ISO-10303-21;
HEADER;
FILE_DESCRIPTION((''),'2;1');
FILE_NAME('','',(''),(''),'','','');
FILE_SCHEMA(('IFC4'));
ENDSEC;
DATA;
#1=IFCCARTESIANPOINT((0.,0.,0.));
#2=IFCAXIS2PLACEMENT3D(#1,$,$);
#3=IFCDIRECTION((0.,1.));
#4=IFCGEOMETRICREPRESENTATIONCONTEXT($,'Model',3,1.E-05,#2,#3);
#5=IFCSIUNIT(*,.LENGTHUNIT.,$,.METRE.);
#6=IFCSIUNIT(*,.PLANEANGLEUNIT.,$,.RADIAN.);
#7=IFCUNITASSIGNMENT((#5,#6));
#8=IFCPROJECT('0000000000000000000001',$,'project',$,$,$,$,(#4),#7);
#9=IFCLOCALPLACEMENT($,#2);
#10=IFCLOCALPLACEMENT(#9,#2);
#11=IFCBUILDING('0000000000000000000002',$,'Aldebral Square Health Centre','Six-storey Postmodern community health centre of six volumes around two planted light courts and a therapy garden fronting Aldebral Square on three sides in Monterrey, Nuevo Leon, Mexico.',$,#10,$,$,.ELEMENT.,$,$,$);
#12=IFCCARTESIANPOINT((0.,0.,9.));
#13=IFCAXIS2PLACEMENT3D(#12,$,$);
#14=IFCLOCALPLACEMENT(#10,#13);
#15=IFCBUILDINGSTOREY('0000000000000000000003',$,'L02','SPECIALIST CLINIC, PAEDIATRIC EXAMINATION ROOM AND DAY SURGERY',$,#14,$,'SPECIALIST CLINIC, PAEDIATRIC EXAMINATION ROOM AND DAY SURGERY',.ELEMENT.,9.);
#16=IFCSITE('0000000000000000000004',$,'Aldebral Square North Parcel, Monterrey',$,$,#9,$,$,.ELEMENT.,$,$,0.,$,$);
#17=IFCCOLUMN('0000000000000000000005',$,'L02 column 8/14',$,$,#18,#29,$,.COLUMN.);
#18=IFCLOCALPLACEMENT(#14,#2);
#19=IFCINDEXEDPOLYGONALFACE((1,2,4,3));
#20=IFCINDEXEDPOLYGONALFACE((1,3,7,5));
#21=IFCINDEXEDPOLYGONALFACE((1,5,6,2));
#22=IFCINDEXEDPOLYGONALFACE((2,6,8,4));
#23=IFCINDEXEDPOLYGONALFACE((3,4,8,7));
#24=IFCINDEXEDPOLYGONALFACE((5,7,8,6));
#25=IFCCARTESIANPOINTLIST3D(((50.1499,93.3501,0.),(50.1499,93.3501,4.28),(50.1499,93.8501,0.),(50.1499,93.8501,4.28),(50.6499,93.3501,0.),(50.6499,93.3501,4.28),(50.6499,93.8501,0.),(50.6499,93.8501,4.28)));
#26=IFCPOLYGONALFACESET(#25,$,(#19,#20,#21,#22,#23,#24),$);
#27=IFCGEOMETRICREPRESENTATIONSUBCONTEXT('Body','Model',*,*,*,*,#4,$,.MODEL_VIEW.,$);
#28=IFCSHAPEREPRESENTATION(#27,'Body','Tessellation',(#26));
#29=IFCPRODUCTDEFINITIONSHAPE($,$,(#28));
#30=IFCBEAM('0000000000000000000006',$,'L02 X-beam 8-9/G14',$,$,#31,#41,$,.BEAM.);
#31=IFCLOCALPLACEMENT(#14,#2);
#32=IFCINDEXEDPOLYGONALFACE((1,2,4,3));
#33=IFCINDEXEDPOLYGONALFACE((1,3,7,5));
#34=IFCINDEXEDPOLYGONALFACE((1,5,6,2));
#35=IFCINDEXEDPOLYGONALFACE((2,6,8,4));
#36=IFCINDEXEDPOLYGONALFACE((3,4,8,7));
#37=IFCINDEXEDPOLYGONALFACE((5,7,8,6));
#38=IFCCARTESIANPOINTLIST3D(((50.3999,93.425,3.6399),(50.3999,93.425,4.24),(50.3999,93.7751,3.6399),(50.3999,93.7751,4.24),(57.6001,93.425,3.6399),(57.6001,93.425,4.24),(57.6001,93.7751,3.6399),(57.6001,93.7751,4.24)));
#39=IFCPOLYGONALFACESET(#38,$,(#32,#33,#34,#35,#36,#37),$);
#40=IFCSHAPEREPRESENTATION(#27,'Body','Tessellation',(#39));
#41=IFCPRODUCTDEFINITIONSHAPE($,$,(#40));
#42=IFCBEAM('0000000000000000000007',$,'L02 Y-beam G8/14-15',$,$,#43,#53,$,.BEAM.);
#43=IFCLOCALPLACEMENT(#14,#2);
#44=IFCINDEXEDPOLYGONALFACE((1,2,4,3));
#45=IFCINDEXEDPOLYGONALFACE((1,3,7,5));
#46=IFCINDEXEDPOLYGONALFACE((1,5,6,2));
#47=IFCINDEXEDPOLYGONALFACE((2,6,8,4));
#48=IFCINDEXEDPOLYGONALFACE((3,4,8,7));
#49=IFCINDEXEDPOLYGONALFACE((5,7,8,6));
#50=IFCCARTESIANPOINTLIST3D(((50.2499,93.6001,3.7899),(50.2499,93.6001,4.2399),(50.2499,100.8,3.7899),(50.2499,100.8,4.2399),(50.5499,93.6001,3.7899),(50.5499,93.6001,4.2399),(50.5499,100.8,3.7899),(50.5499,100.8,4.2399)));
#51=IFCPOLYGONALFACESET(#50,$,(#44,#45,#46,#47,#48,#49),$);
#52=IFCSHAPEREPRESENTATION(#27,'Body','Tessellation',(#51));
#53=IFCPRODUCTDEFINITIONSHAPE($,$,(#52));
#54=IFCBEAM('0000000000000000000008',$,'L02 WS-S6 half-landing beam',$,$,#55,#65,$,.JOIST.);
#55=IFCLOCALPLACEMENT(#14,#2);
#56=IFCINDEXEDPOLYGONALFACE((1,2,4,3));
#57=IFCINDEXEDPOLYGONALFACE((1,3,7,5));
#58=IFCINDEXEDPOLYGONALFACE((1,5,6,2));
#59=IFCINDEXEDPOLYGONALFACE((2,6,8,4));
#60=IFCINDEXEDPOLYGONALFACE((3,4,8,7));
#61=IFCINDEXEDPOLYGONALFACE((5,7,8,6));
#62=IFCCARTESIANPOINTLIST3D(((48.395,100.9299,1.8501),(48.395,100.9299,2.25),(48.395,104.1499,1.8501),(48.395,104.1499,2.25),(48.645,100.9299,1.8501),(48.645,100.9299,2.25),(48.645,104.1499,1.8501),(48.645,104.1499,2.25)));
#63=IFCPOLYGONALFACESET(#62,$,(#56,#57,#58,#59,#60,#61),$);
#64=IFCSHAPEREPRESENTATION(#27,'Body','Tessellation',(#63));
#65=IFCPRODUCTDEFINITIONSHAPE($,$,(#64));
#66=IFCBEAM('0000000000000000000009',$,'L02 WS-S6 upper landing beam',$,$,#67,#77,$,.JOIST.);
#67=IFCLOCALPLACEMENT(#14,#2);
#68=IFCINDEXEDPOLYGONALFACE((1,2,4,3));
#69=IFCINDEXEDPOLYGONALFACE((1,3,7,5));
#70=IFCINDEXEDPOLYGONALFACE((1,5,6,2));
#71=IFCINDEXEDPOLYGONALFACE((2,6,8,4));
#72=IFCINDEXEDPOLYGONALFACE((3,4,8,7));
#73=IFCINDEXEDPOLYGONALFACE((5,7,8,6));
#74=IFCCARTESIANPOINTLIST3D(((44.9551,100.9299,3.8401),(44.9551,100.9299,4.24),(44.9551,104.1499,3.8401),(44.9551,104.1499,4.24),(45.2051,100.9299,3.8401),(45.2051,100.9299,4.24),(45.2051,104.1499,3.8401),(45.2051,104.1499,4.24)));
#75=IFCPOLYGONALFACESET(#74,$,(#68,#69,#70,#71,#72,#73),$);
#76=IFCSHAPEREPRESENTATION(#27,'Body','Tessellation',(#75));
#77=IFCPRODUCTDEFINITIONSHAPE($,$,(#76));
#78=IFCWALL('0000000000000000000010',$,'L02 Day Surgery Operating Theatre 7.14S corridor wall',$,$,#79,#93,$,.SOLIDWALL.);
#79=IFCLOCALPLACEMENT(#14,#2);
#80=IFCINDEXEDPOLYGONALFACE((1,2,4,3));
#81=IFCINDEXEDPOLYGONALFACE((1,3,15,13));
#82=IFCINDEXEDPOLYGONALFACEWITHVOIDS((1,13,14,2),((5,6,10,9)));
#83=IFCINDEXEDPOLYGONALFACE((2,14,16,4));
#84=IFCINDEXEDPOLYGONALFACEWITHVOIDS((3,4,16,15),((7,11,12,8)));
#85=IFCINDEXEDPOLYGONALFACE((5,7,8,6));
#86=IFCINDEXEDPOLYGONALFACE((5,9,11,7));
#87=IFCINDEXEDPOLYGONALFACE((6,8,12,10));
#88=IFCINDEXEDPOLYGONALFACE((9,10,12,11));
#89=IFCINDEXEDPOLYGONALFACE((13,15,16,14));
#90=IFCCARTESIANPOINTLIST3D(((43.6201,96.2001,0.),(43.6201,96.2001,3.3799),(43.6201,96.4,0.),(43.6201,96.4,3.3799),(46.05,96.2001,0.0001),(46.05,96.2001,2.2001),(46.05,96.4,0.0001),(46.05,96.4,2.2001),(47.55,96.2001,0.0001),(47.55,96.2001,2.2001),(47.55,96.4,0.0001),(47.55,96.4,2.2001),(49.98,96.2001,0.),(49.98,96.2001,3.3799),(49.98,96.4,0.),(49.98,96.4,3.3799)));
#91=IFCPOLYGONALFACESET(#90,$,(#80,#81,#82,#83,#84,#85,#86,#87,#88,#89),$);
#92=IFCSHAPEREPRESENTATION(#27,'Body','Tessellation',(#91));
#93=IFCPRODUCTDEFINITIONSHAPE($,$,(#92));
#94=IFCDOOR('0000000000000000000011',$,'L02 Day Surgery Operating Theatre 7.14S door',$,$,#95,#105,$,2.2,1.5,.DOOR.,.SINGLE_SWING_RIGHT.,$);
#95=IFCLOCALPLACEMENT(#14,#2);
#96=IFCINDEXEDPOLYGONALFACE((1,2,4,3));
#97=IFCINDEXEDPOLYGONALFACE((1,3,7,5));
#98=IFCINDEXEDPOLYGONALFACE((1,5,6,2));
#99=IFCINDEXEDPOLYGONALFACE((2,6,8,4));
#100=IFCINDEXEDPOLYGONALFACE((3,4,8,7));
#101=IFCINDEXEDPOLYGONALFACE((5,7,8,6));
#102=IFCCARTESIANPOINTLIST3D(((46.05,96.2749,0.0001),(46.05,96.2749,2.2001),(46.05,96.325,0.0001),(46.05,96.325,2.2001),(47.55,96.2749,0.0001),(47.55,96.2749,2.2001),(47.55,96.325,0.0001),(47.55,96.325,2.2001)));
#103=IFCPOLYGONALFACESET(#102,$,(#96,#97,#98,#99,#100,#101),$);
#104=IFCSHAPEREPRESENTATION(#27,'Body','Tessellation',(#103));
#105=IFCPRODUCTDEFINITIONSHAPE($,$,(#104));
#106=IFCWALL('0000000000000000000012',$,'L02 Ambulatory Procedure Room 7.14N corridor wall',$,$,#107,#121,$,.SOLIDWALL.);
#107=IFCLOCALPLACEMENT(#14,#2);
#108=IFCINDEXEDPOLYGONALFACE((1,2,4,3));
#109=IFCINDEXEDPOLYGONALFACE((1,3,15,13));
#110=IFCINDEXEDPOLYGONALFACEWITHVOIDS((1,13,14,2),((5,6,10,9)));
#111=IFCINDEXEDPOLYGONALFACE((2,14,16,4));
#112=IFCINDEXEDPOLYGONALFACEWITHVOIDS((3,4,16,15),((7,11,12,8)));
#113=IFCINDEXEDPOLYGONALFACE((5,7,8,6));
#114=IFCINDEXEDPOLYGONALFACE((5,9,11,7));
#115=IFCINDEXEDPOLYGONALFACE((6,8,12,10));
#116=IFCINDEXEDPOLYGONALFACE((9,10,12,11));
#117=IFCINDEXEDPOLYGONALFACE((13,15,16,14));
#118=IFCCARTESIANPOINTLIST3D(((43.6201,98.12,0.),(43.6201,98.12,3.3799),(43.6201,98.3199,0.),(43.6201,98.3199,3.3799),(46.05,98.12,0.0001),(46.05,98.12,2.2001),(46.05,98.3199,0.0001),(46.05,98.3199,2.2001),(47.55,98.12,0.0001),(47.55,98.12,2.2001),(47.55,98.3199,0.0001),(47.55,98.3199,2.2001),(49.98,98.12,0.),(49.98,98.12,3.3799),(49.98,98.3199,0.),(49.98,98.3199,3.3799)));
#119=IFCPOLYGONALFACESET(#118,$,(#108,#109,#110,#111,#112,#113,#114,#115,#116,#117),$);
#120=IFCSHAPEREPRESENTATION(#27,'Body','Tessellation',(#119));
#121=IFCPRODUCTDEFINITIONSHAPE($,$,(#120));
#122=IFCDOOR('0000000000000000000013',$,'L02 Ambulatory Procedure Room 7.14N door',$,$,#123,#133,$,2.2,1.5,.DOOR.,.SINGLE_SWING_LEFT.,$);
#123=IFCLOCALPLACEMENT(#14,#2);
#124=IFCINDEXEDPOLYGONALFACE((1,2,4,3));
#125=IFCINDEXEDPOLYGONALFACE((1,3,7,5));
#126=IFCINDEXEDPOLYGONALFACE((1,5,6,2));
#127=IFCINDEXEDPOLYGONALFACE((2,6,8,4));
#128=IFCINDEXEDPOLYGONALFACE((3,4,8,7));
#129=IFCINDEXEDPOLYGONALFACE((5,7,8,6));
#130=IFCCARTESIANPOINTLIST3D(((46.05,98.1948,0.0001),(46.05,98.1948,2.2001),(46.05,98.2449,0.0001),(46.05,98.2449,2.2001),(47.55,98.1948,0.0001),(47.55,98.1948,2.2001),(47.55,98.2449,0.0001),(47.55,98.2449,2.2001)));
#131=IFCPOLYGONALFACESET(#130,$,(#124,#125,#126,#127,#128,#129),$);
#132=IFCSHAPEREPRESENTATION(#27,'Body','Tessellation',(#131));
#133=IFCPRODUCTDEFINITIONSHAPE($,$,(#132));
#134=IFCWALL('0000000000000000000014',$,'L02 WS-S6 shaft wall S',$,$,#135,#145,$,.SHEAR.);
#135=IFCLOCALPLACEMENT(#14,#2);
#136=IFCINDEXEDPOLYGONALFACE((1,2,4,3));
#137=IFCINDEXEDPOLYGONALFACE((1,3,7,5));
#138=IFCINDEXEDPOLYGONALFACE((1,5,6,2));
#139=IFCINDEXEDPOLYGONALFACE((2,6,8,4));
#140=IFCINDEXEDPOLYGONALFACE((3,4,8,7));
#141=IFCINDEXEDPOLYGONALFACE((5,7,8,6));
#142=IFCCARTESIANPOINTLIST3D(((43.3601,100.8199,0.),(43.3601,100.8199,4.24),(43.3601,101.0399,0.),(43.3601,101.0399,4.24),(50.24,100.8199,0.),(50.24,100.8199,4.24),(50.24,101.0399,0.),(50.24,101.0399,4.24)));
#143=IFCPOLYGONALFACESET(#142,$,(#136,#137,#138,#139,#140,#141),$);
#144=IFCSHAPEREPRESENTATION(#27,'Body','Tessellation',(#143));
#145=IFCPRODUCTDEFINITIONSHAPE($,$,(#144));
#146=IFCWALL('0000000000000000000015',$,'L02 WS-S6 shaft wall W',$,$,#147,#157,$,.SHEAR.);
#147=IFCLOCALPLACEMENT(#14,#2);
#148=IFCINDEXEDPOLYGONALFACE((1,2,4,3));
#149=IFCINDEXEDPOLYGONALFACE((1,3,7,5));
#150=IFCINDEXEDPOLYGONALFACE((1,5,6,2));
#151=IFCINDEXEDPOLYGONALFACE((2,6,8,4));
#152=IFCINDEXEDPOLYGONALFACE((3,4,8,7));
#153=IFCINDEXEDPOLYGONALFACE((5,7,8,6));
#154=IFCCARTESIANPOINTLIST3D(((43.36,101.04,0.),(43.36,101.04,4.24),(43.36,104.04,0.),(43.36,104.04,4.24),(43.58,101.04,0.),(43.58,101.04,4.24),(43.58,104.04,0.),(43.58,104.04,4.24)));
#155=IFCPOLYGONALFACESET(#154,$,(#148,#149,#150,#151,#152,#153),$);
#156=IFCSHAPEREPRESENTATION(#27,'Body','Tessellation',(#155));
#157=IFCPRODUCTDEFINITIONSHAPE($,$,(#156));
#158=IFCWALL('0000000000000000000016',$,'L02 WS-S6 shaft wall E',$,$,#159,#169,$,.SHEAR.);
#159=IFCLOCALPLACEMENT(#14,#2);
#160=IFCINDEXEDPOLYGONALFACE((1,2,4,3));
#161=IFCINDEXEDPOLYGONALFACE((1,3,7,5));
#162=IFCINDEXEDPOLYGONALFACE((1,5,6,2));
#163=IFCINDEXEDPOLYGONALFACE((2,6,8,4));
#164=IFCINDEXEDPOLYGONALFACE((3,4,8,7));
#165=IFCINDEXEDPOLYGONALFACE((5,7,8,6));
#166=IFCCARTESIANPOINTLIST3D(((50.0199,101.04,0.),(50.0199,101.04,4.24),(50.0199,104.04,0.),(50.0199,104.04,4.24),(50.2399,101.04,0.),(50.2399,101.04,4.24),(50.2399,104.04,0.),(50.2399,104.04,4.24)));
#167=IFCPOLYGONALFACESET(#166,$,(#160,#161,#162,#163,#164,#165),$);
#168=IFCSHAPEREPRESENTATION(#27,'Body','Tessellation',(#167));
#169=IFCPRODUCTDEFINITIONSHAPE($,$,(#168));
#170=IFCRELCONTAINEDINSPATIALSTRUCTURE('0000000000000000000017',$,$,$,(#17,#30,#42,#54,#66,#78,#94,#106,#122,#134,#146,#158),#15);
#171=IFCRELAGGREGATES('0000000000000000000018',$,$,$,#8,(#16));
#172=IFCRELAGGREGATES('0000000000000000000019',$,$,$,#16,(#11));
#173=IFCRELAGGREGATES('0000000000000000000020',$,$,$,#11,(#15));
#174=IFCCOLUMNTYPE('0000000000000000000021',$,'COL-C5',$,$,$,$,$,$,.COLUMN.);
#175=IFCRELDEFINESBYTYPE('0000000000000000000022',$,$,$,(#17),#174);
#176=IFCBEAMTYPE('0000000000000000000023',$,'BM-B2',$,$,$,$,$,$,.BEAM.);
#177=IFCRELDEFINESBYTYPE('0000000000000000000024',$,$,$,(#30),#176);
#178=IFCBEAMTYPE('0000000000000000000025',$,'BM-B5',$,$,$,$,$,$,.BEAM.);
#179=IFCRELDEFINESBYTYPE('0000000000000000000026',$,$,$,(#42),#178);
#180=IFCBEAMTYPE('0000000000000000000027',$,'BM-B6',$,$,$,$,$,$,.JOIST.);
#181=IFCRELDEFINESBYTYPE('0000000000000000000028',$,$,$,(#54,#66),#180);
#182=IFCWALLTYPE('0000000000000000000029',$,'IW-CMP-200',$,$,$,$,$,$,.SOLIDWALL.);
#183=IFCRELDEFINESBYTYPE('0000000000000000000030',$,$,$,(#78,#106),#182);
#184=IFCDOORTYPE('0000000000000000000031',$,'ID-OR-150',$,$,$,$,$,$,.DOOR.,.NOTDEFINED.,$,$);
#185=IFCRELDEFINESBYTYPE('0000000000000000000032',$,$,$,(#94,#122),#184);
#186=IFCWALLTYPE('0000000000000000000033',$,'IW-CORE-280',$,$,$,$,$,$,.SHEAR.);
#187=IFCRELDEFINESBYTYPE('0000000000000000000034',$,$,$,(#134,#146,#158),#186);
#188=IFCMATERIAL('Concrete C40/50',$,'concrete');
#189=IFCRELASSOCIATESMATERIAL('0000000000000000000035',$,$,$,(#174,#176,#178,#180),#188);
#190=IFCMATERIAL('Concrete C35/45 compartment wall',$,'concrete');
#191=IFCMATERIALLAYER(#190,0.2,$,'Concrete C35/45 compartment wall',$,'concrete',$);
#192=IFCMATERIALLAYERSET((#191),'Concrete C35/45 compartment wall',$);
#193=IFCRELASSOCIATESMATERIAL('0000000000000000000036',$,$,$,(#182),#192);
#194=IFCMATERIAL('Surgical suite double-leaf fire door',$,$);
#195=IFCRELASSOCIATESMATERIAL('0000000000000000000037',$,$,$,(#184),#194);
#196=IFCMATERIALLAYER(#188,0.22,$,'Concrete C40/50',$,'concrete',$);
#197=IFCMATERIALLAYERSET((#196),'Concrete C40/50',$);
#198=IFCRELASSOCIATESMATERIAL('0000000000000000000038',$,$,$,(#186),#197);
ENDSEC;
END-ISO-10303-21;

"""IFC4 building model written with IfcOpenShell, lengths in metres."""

from ifc_helpers import new_model, si_unit, direction, frame, frame_2d, origin, origin_2d, place, context, subcontext, project, spatial, rectangle, extrude, material, layer, layer_set, material_profile, profile_set, type_object, element, fill, save


model = new_model("IFC4")

# Units and contexts
model_context = context("Model", 3, precision=1e-05, world=origin(), true_north=direction((0.0, 1.0)))
body_context = subcontext(model_context, "Body", "Model", "MODEL_VIEW")
ifc_project = project(units=[si_unit("LENGTHUNIT", "METRE"), si_unit("PLANEANGLEUNIT", "RADIAN")], contexts=[model_context])

# Site, building, storey
site_placement = place(None, origin())
site = spatial("IfcSite", under=ifc_project, at=site_placement, Name="Aldebral Square North Parcel, Monterrey", CompositionType="ELEMENT", RefElevation=0.0)
building_placement = place(site_placement, origin())
building = spatial("IfcBuilding", under=site, at=building_placement, Name="Aldebral Square Health Centre", Description="Six-storey Postmodern community health centre of six volumes around two planted light courts and a therapy garden fronting Aldebral Square on three sides in Monterrey, Nuevo Leon, Mexico.", CompositionType="ELEMENT")
storey_placement = place(building_placement, frame((0.0, 0.0, 9.0)))
storey = spatial("IfcBuildingStorey", under=building, at=storey_placement, Name="L02", Description="SPECIALIST CLINIC, PAEDIATRIC EXAMINATION ROOM AND DAY SURGERY", LongName="SPECIALIST CLINIC, PAEDIATRIC EXAMINATION ROOM AND DAY SURGERY", CompositionType="ELEMENT", Elevation=9.0)

# Column
ifc_material_1 = material(Name="Concrete C40/50", Category="concrete")
ifc_material_profile_1 = material_profile(ifc_material_1, rectangle(XDim=0.5, YDim=0.5, at=origin_2d()), Name="RC 500x500")
ifc_profile_set_1 = profile_set([ifc_material_profile_1], Name="Concrete C40/50")
column_type = type_object("IfcColumnType", Name="COL-C5", PredefinedType="COLUMN", material=ifc_profile_set_1)
column_placement = place(storey_placement, frame((50.3999, 93.6001, 0.0), z_axis=(0.0, 0.0, 1.0), x_axis=(1.0, 0.0, 0.0)))
element("IfcColumn", 1, at=column_placement, inside=storey, type_object=column_type, Name="L02 column 8/14", PredefinedType="COLUMN", context=body_context, shape_type="SweptSolid", body=[
    extrude(rectangle(XDim=0.5, YDim=0.5, at=origin_2d()), origin(), (0.0, 0.0, 1.0), 4.28),
])

# Beams
ifc_material_profile_2 = material_profile(ifc_material_1, rectangle(XDim=0.3501, YDim=0.6001, at=origin_2d()), Name="RC 350x600")
ifc_profile_set_2 = profile_set([ifc_material_profile_2], Name="Concrete C40/50")
beam_type_1 = type_object("IfcBeamType", Name="BM-B2", PredefinedType="BEAM", material=ifc_profile_set_2)
beam_1_placement = place(storey_placement, frame((50.3999, 93.6001, 3.9399), z_axis=(1.0, 0.0, 0.0), x_axis=(0.0, 1.0, 0.0)))
element("IfcBeam", 2, at=beam_1_placement, inside=storey, type_object=beam_type_1, Name="L02 X-beam 8-9/G14", PredefinedType="BEAM", context=body_context, shape_type="SweptSolid", body=[
    extrude(rectangle(XDim=0.3501, YDim=0.6001, at=origin_2d()), origin(), (0.0, 0.0, 1.0), 7.2002),
])
ifc_material_profile_3 = material_profile(ifc_material_1, rectangle(XDim=0.3, YDim=0.45, at=origin_2d()), Name="RC 300x450")
ifc_profile_set_3 = profile_set([ifc_material_profile_3], Name="Concrete C40/50")
beam_type_2 = type_object("IfcBeamType", Name="BM-B5", PredefinedType="BEAM", material=ifc_profile_set_3)
beam_2_placement = place(storey_placement, frame((50.3999, 93.6001, 4.0149), z_axis=(0.0, 1.0, 0.0), x_axis=(-1.0, 0.0, 0.0)))
element("IfcBeam", 3, at=beam_2_placement, inside=storey, type_object=beam_type_2, Name="L02 Y-beam G8/14-15", PredefinedType="BEAM", context=body_context, shape_type="SweptSolid", body=[
    extrude(rectangle(XDim=0.3, YDim=0.45, at=origin_2d()), origin(), (0.0, 0.0, 1.0), 7.2),
])
ifc_material_profile_4 = material_profile(ifc_material_1, rectangle(XDim=0.25, YDim=0.3999, at=origin_2d()), Name="RC 250x400")
ifc_profile_set_4 = profile_set([ifc_material_profile_4], Name="Concrete C40/50")
beam_type_3 = type_object("IfcBeamType", Name="BM-B6", PredefinedType="JOIST", material=ifc_profile_set_4)
for number, where, z_axis, x_axis, name in (
    (4, (48.52, 100.9299, 2.05), (0.0, 1.0, 0.0), (-1.0, 0.0, 0.0), "L02 WS-S6 half-landing beam"),
    (5, (45.0801, 100.9299, 4.04), (0.0, 1.0, 0.0), (-1.0, 0.0, 0.0), "L02 WS-S6 upper landing beam"),
):
    element("IfcBeam", number, at=place(storey_placement, frame(where, z_axis=z_axis, x_axis=x_axis)), inside=storey, type_object=beam_type_3, Name=name, PredefinedType="JOIST", context=body_context, shape_type="SweptSolid", body=[
        extrude(rectangle(XDim=0.25, YDim=0.3999, at=origin_2d()), origin(), (0.0, 0.0, 1.0), 3.22),
    ])

# Walls, openings, doors
ifc_material_2 = material(Name="Concrete C35/45 compartment wall", Category="concrete")
ifc_layer_1 = layer(ifc_material_2, 0.2, Name="Concrete C35/45 compartment wall", Category="concrete")
ifc_layer_set_1 = layer_set([ifc_layer_1], Name="Concrete C35/45 compartment wall")
wall_type_1 = type_object("IfcWallType", Name="IW-CMP-200", PredefinedType="SOLIDWALL", material=ifc_layer_set_1)
wall_1_placement = place(storey_placement, frame((43.6201, 96.3, 0.0), z_axis=(0.0, 0.0, 1.0), x_axis=(1.0, 0.0, 0.0)))
wall_1 = element("IfcWall", 6, at=wall_1_placement, inside=storey, type_object=wall_type_1, Name="L02 Day Surgery Operating Theatre 7.14S corridor wall", PredefinedType="SOLIDWALL", context=body_context, shape_type="SweptSolid", body=[
    extrude(rectangle(XDim=6.3599, YDim=0.2, at=frame_2d((3.1799, 0.0))), origin(), (0.0, 0.0, 1.0), 3.3799),
])
opening_1_placement = place(wall_1_placement, frame((2.4299, 0.0, 0.0)))
opening_1 = element("IfcOpeningElement", 7, at=opening_1_placement, cuts=wall_1, PredefinedType="OPENING", context=body_context, shape_type="SweptSolid", body=[
    extrude(rectangle(XDim=1.5, YDim=2.2, at=frame_2d((0.75, 1.1001))), frame((0.0, 0.1099, 0.0), z_axis=(0.0, -1.0, 0.0), x_axis=(1.0, 0.0, 0.0)), (0.0, 0.0, 1.0), 0.22),
])
ifc_material_3 = material(Name="Surgical suite double-leaf fire door")
door_type = type_object("IfcDoorType", Name="ID-OR-150", OperationType="NOTDEFINED", PredefinedType="DOOR", material=ifc_material_3)
door_1_placement = place(opening_1_placement, origin())
door_1 = element("IfcDoor", 8, at=door_1_placement, inside=storey, type_object=door_type, Name="L02 Day Surgery Operating Theatre 7.14S door", OperationType="SINGLE_SWING_RIGHT", OverallHeight=2.2, OverallWidth=1.5, PredefinedType="DOOR", context=body_context, shape_type="SweptSolid", body=[
    extrude(rectangle(XDim=1.5, YDim=2.2, at=frame_2d((0.75, 1.1001))), frame((0.0, 0.0249, 0.0), z_axis=(0.0, -1.0, 0.0), x_axis=(1.0, 0.0, 0.0)), (0.0, 0.0, 1.0), 0.05),
])
fill(opening_1, door_1)
wall_2_placement = place(storey_placement, frame((43.6201, 98.22, 0.0), z_axis=(0.0, 0.0, 1.0), x_axis=(1.0, 0.0, 0.0)))
wall_2 = element("IfcWall", 9, at=wall_2_placement, inside=storey, type_object=wall_type_1, Name="L02 Ambulatory Procedure Room 7.14N corridor wall", PredefinedType="SOLIDWALL", context=body_context, shape_type="SweptSolid", body=[
    extrude(rectangle(XDim=6.3599, YDim=0.2, at=frame_2d((3.1799, 0.0))), origin(), (0.0, 0.0, 1.0), 3.3799),
])
opening_2_placement = place(wall_2_placement, frame((2.4299, 0.0, 0.0)))
opening_2 = element("IfcOpeningElement", 10, at=opening_2_placement, cuts=wall_2, PredefinedType="OPENING", context=body_context, shape_type="SweptSolid", body=[
    extrude(rectangle(XDim=1.5, YDim=2.2, at=frame_2d((0.75, 1.1001))), frame((0.0, 0.1099, 0.0), z_axis=(0.0, -1.0, 0.0), x_axis=(1.0, 0.0, 0.0)), (0.0, 0.0, 1.0), 0.22),
])
door_2_placement = place(opening_2_placement, origin())
door_2 = element("IfcDoor", 11, at=door_2_placement, inside=storey, type_object=door_type, Name="L02 Ambulatory Procedure Room 7.14N door", OperationType="SINGLE_SWING_LEFT", OverallHeight=2.2, OverallWidth=1.5, PredefinedType="DOOR", context=body_context, shape_type="SweptSolid", body=[
    extrude(rectangle(XDim=1.5, YDim=2.2, at=frame_2d((0.75, 1.1001))), frame((0.0, 0.0249, 0.0), z_axis=(0.0, -1.0, 0.0), x_axis=(1.0, 0.0, 0.0)), (0.0, 0.0, 1.0), 0.05),
])
fill(opening_2, door_2)

# Walls
ifc_layer_2 = layer(ifc_material_1, 0.22, Name="Concrete C40/50", Category="concrete")
ifc_layer_set_2 = layer_set([ifc_layer_2], Name="Concrete C40/50")
wall_type_2 = type_object("IfcWallType", Name="IW-CORE-280", PredefinedType="SHEAR", material=ifc_layer_set_2)
wall_3_placement = place(storey_placement, frame((43.3601, 100.9299, 0.0), z_axis=(0.0, 0.0, 1.0), x_axis=(1.0, 0.0, 0.0)))
element("IfcWall", 12, at=wall_3_placement, inside=storey, type_object=wall_type_2, Name="L02 WS-S6 shaft wall S", PredefinedType="SHEAR", context=body_context, shape_type="SweptSolid", body=[
    extrude(rectangle(XDim=6.8799, YDim=0.22, at=frame_2d((3.4399, 0.0))), origin(), (0.0, 0.0, 1.0), 4.24),
])
for number, where, z_axis, x_axis, name in (
    (13, (43.47, 101.04, 0.0), (0.0, 0.0, 1.0), (0.0, 1.0, 0.0), "L02 WS-S6 shaft wall W"),
    (14, (50.1299, 101.04, 0.0), (0.0, 0.0, 1.0), (0.0, 1.0, 0.0), "L02 WS-S6 shaft wall E"),
):
    element("IfcWall", number, at=place(storey_placement, frame(where, z_axis=z_axis, x_axis=x_axis)), inside=storey, type_object=wall_type_2, Name=name, PredefinedType="SHEAR", context=body_context, shape_type="SweptSolid", body=[
        extrude(rectangle(XDim=3.0, YDim=0.22, at=frame_2d((1.5, 0.0))), origin(), (0.0, 0.0, 1.0), 4.24),
    ])

save(model, "model.ifc")
